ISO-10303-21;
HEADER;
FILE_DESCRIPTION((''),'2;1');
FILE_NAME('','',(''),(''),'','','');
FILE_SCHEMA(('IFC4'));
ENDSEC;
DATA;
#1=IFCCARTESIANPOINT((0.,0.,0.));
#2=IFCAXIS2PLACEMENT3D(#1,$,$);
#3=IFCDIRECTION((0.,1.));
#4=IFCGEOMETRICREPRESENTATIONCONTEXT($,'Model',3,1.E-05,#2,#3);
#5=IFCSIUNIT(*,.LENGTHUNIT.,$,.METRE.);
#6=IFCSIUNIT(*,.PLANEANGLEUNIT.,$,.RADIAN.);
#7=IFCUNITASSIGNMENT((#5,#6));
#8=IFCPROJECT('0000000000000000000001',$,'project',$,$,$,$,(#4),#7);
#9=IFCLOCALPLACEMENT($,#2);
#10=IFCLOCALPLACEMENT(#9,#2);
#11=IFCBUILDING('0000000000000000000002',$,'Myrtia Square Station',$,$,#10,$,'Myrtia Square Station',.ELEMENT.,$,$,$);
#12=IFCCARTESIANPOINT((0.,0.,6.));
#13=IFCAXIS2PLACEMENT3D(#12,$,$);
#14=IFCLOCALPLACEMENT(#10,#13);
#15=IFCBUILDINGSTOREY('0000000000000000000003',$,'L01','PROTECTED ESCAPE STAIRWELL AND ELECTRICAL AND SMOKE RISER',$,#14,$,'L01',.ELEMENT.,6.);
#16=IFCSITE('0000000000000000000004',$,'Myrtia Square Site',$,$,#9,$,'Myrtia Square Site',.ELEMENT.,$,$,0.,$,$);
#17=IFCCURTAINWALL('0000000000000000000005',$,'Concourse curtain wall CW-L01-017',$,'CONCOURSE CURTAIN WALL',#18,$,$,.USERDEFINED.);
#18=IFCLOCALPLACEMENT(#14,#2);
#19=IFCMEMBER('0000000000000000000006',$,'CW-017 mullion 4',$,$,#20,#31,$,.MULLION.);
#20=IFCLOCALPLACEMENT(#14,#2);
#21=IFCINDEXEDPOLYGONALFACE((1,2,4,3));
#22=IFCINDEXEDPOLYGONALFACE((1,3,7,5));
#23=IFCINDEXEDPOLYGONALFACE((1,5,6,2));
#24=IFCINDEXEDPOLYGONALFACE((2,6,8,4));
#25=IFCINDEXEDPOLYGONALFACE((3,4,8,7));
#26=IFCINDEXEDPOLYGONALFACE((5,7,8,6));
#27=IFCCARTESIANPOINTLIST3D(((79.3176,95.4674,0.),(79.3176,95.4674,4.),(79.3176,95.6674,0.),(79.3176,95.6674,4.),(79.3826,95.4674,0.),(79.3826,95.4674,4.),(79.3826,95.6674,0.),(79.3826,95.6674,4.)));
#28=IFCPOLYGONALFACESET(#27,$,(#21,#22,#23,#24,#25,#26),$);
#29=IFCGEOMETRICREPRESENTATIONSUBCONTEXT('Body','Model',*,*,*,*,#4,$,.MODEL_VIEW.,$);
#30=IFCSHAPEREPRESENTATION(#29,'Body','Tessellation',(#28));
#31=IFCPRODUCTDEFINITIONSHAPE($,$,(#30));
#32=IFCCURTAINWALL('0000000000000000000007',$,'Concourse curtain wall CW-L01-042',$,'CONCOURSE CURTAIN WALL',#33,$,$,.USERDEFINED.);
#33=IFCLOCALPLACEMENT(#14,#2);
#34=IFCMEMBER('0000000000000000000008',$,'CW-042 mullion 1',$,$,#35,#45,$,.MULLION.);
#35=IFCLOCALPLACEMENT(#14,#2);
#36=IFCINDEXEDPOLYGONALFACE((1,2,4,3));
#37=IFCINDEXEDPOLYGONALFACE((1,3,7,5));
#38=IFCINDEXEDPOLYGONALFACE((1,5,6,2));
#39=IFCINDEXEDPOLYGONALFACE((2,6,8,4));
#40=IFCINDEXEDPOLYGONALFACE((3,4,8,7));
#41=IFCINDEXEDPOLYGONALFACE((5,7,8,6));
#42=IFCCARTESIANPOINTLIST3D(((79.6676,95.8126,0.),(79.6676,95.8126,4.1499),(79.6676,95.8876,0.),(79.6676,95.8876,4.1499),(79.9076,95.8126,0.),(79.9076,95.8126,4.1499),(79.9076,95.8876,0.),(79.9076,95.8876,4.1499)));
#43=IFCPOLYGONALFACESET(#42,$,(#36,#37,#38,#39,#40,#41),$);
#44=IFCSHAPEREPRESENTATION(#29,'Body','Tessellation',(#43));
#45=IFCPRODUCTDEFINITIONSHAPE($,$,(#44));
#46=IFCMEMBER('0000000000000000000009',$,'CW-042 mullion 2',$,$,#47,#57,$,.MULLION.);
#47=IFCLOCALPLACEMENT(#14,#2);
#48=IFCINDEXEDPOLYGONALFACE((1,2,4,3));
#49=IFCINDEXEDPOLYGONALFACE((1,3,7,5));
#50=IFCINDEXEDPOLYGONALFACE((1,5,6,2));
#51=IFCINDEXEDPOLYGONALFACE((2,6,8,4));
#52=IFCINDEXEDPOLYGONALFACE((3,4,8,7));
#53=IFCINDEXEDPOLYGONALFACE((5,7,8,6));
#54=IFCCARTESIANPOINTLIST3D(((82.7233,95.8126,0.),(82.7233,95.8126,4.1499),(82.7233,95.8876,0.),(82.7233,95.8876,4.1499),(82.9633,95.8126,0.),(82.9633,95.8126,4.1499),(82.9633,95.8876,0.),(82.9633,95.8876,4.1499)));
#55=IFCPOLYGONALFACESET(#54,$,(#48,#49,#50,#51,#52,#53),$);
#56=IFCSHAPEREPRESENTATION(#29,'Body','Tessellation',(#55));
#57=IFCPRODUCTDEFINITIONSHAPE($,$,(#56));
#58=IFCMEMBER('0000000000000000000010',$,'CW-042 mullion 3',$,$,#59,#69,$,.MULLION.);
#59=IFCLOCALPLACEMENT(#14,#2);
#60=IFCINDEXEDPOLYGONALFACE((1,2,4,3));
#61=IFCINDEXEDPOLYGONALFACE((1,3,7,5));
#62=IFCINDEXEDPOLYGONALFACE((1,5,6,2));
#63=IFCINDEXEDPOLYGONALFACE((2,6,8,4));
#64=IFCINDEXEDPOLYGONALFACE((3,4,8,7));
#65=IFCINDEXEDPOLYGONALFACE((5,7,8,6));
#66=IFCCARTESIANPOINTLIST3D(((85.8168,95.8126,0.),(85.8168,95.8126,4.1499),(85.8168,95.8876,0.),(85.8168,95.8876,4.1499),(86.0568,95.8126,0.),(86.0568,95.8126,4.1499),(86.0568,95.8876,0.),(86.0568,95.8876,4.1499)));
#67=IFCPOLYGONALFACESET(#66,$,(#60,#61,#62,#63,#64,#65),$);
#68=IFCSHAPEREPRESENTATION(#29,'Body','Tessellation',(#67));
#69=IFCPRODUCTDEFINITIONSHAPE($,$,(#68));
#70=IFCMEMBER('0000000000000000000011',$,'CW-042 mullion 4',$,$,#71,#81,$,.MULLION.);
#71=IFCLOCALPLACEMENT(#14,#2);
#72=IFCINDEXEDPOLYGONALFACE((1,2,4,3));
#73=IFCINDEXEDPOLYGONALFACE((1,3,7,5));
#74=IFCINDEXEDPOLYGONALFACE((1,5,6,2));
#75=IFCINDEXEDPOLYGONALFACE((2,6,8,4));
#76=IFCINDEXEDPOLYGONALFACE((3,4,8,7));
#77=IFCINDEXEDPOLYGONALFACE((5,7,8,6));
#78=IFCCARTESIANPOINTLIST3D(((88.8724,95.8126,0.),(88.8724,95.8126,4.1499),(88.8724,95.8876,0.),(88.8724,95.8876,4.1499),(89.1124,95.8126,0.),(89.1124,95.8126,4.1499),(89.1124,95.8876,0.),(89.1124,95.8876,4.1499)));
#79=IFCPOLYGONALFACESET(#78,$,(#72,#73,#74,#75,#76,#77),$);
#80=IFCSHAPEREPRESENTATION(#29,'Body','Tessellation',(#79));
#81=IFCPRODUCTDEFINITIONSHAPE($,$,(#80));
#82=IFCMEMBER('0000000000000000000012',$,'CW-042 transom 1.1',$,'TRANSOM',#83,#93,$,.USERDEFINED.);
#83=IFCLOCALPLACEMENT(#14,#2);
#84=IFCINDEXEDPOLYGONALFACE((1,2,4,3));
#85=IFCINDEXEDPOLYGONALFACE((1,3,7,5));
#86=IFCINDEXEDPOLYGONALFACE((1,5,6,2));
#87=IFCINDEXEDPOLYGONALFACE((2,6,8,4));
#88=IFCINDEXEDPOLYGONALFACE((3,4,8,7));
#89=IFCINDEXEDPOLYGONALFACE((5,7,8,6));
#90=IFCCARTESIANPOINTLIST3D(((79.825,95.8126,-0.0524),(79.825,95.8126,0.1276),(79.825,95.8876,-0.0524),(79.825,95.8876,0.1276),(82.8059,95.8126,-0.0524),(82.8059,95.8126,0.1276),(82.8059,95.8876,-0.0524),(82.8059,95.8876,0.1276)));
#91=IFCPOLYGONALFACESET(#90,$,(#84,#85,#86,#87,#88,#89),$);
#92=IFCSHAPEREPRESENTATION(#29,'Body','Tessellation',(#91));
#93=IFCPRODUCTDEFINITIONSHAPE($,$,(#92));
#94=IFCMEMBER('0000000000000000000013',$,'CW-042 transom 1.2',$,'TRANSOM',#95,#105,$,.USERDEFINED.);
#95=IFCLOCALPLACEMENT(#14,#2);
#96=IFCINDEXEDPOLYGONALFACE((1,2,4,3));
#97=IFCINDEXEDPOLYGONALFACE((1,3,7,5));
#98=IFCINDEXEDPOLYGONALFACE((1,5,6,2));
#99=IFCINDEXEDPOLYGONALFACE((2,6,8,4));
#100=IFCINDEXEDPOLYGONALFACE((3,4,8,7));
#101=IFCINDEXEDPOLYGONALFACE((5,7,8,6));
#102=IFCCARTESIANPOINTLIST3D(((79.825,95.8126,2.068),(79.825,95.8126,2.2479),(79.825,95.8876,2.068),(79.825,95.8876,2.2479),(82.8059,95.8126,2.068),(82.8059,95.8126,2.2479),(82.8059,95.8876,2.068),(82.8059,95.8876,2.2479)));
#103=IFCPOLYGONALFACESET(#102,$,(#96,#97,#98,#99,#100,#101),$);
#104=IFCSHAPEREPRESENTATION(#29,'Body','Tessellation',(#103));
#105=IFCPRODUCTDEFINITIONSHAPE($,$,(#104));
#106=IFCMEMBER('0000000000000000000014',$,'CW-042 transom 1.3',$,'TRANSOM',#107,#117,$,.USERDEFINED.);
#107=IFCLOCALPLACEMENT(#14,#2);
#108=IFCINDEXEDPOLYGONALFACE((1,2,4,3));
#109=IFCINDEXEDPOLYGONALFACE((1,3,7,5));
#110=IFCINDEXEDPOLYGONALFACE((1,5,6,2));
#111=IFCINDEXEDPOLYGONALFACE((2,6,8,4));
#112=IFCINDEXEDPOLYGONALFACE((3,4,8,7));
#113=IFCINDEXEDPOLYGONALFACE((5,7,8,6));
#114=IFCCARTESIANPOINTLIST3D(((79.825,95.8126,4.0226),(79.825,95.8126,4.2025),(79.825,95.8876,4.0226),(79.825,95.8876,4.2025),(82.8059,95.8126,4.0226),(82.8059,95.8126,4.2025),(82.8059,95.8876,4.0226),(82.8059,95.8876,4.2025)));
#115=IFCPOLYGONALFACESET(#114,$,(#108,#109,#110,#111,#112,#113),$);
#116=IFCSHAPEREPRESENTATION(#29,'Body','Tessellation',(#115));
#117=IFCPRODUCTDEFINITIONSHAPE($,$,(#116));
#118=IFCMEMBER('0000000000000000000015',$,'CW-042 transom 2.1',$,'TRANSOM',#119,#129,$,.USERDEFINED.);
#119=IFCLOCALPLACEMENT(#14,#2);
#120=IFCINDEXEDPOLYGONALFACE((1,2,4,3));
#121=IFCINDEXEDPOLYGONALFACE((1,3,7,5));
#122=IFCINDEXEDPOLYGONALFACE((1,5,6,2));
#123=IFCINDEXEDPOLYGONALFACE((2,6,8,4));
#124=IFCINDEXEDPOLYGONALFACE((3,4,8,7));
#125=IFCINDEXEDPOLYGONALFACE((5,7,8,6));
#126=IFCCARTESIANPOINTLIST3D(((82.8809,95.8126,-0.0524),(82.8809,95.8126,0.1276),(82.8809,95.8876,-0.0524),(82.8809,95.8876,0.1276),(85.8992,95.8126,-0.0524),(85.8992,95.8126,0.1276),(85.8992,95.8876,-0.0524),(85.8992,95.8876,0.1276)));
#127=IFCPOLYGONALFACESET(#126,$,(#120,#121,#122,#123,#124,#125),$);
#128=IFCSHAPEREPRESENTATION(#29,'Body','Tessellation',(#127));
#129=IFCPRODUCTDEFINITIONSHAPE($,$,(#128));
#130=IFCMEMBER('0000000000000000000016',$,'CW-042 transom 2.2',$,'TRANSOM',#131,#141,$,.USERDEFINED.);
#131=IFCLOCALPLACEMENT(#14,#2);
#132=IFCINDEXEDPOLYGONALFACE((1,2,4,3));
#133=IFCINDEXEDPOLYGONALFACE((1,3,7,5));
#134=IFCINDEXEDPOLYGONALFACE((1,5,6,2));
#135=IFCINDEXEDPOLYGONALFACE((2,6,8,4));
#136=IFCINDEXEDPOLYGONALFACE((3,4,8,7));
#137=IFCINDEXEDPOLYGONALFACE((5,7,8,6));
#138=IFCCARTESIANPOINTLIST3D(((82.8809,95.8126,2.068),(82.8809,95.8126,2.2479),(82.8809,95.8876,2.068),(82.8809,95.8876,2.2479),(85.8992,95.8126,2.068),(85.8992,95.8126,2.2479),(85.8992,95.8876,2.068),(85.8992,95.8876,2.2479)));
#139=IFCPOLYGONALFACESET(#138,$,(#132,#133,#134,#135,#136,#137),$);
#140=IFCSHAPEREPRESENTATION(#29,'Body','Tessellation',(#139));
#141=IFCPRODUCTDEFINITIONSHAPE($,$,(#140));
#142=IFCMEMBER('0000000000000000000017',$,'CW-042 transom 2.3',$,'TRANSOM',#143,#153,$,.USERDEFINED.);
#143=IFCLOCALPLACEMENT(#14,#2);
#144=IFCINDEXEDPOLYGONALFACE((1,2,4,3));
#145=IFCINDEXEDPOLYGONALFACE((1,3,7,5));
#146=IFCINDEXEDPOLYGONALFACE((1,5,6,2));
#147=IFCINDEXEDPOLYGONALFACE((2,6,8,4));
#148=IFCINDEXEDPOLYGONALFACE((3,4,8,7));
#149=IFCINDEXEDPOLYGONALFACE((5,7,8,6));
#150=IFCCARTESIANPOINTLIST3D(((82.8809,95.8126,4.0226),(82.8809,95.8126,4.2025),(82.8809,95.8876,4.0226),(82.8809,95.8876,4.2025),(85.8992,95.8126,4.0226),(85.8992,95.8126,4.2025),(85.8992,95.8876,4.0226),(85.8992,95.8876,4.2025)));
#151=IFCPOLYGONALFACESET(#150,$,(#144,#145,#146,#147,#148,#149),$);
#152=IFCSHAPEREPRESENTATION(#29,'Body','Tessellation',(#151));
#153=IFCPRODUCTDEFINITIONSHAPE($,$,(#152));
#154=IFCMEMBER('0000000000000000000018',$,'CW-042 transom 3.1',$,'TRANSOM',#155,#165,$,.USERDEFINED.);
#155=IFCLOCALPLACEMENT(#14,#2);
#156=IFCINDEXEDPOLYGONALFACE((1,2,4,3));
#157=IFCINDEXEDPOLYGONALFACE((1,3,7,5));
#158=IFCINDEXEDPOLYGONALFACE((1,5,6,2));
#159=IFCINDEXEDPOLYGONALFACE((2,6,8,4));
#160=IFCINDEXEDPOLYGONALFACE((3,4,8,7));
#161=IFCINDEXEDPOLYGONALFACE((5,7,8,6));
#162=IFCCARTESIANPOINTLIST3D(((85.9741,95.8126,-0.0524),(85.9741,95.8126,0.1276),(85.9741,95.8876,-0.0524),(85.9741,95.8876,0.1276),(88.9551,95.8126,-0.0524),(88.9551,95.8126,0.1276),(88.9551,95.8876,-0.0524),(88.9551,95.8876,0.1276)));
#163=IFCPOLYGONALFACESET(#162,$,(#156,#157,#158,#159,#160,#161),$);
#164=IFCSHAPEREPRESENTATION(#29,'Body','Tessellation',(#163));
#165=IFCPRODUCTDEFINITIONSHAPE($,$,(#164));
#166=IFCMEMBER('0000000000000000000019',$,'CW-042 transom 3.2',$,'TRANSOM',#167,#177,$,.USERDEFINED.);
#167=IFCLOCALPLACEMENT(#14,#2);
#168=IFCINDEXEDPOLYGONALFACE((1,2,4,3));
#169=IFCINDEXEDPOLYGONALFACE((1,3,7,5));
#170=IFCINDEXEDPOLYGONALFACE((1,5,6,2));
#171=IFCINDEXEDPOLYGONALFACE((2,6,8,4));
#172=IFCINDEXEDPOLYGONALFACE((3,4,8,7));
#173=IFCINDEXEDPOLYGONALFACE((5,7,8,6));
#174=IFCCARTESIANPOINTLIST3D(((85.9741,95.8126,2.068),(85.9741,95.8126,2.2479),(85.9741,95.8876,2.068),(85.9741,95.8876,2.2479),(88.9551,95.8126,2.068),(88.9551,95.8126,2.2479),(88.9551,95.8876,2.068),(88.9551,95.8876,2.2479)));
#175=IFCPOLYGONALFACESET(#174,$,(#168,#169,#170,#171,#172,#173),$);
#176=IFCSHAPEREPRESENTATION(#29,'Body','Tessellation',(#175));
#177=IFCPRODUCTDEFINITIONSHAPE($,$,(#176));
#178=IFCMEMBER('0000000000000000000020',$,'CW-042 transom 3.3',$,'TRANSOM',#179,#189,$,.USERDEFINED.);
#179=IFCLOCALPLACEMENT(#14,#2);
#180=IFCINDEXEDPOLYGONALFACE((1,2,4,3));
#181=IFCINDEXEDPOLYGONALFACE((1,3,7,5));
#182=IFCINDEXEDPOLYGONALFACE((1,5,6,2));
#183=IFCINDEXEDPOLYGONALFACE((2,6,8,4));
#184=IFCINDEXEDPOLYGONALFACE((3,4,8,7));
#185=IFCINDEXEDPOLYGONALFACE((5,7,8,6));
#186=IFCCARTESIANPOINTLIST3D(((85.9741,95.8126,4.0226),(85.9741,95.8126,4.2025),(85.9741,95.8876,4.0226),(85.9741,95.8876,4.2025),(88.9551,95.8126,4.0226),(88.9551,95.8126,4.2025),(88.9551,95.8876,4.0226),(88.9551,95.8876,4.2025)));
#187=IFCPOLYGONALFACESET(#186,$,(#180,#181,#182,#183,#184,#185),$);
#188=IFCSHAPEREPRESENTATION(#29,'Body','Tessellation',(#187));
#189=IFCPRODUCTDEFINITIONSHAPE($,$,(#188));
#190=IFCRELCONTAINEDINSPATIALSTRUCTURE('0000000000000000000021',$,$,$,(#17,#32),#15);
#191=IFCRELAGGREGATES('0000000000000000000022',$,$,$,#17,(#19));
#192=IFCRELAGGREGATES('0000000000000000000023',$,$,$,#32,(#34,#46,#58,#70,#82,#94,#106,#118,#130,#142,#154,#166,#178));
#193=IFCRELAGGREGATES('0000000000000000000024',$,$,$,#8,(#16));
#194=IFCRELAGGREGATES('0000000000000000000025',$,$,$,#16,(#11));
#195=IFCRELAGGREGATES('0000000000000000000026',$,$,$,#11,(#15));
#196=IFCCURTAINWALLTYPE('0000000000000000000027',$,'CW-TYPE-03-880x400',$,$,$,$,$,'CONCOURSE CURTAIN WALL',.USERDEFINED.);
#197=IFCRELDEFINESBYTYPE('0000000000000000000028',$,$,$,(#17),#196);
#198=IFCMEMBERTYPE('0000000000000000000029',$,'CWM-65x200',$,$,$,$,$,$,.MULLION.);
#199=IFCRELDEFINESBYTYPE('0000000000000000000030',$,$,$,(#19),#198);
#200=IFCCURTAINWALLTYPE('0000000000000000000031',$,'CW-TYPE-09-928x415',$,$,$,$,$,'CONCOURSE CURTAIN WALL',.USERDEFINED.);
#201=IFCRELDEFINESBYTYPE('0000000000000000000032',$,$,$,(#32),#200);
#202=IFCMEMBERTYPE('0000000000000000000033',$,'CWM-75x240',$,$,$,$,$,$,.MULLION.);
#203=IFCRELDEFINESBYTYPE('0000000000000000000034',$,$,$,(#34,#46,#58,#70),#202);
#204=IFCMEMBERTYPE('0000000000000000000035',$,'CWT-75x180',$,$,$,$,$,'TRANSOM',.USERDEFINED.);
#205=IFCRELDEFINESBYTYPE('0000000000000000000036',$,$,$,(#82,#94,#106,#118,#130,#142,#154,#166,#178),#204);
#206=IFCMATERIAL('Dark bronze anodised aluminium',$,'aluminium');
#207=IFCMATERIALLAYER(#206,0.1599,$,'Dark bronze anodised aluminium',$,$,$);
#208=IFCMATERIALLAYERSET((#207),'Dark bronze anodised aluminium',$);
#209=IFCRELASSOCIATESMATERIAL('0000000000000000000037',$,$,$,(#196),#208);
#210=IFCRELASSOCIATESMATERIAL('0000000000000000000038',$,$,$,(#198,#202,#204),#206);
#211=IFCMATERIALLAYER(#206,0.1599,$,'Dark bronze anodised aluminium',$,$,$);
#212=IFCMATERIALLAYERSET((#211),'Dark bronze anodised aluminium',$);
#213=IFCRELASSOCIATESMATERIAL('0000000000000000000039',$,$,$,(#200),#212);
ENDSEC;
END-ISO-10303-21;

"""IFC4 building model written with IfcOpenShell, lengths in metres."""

from ifc_helpers import new_model, si_unit, direction, frame, origin, origin_2d, place, context, subcontext, project, spatial, rectangle, extrude, material, layer, layer_set, material_profile, profile_set, type_object, element, aggregate, save


model = new_model("IFC4")

# Units and contexts
model_context = context("Model", 3, precision=1e-05, world=origin(), true_north=direction((0.0, 1.0)))
body_context = subcontext(model_context, "Body", "Model", "MODEL_VIEW")
ifc_project = project(units=[si_unit("LENGTHUNIT", "METRE"), si_unit("PLANEANGLEUNIT", "RADIAN")], contexts=[model_context])

# Site, building, storey
site_placement = place(None, origin())
site = spatial("IfcSite", under=ifc_project, at=site_placement, Name="Myrtia Square Site", LongName="Myrtia Square Site", CompositionType="ELEMENT", RefElevation=0.0)
building_placement = place(site_placement, origin())
building = spatial("IfcBuilding", under=site, at=building_placement, Name="Myrtia Square Station", LongName="Myrtia Square Station", CompositionType="ELEMENT")
storey_placement = place(building_placement, frame((0.0, 0.0, 6.0)))
storey = spatial("IfcBuildingStorey", under=building, at=storey_placement, Name="L01", Description="PROTECTED ESCAPE STAIRWELL AND ELECTRICAL AND SMOKE RISER", LongName="L01", CompositionType="ELEMENT", Elevation=6.0)

# Curtain wall, member
ifc_material_1 = material(Name="Dark bronze anodised aluminium", Category="aluminium")
ifc_layer_1 = layer(ifc_material_1, 0.1599, Name="Dark bronze anodised aluminium")
ifc_layer_set_1 = layer_set([ifc_layer_1], Name="Dark bronze anodised aluminium")
curtain_wall_type_1 = type_object("IfcCurtainWallType", Name="CW-TYPE-03-880x400", ElementType="CONCOURSE CURTAIN WALL", PredefinedType="USERDEFINED", material=ifc_layer_set_1)
curtain_wall_1_placement = place(storey_placement, origin())
curtain_wall_1 = element("IfcCurtainWall", 1, at=curtain_wall_1_placement, inside=storey, type_object=curtain_wall_type_1, Name="Concourse curtain wall CW-L01-017", ObjectType="CONCOURSE CURTAIN WALL", PredefinedType="USERDEFINED")
ifc_material_profile_1 = material_profile(ifc_material_1, rectangle(XDim=0.0649, YDim=0.2, at=origin_2d()), Name="ALU-M 65x200")
ifc_profile_set_1 = profile_set([ifc_material_profile_1], Name="Dark bronze anodised aluminium")
member_type_1 = type_object("IfcMemberType", Name="CWM-65x200", PredefinedType="MULLION", material=ifc_profile_set_1)
member_1_placement = place(storey_placement, frame((79.3501, 95.5674, 0.0), z_axis=(0.0, 0.0, 1.0), x_axis=(-1.0, 0.0, 0.0)))
member_1 = element("IfcMember", 2, at=member_1_placement, type_object=member_type_1, Name="CW-017 mullion 4", PredefinedType="MULLION", context=body_context, shape_type="SweptSolid", body=[
    extrude(rectangle(XDim=0.0649, YDim=0.2, at=origin_2d()), origin(), (0.0, 0.0, 1.0), 4.0),
])
aggregate(curtain_wall_1, [member_1])

# Curtain wall, members
ifc_layer_2 = layer(ifc_material_1, 0.1599, Name="Dark bronze anodised aluminium")
ifc_layer_set_2 = layer_set([ifc_layer_2], Name="Dark bronze anodised aluminium")
curtain_wall_type_2 = type_object("IfcCurtainWallType", Name="CW-TYPE-09-928x415", ElementType="CONCOURSE CURTAIN WALL", PredefinedType="USERDEFINED", material=ifc_layer_set_2)
curtain_wall_2_placement = place(storey_placement, origin())
curtain_wall_2 = element("IfcCurtainWall", 3, at=curtain_wall_2_placement, inside=storey, type_object=curtain_wall_type_2, Name="Concourse curtain wall CW-L01-042", ObjectType="CONCOURSE CURTAIN WALL", PredefinedType="USERDEFINED")
ifc_material_profile_2 = material_profile(ifc_material_1, rectangle(XDim=0.075, YDim=0.24, at=origin_2d()), Name="ALU-M 75x240")
ifc_profile_set_2 = profile_set([ifc_material_profile_2], Name="Dark bronze anodised aluminium")
member_type_2 = type_object("IfcMemberType", Name="CWM-75x240", PredefinedType="MULLION", material=ifc_profile_set_2)
member_2_placement = place(storey_placement, frame((79.7876, 95.8501, 0.0), z_axis=(0.0, 0.0, 1.0), x_axis=(0.0, 1.0, 0.0)))
member_2 = element("IfcMember", 4, at=member_2_placement, type_object=member_type_2, Name="CW-042 mullion 1", PredefinedType="MULLION", context=body_context, shape_type="SweptSolid", body=[
    extrude(rectangle(XDim=0.075, YDim=0.24, at=origin_2d()), origin(), (0.0, 0.0, 1.0), 4.1499),
])
member_3_placement = place(storey_placement, frame((82.8433, 95.8501, 0.0), z_axis=(0.0, 0.0, 1.0), x_axis=(0.0, 1.0, 0.0)))
member_3 = element("IfcMember", 5, at=member_3_placement, type_object=member_type_2, Name="CW-042 mullion 2", PredefinedType="MULLION", context=body_context, shape_type="SweptSolid", body=[
    extrude(rectangle(XDim=0.075, YDim=0.24, at=origin_2d()), origin(), (0.0, 0.0, 1.0), 4.1499),
])
member_4_placement = place(storey_placement, frame((85.9368, 95.8501, 0.0), z_axis=(0.0, 0.0, 1.0), x_axis=(0.0, 1.0, 0.0)))
member_4 = element("IfcMember", 6, at=member_4_placement, type_object=member_type_2, Name="CW-042 mullion 3", PredefinedType="MULLION", context=body_context, shape_type="SweptSolid", body=[
    extrude(rectangle(XDim=0.075, YDim=0.24, at=origin_2d()), origin(), (0.0, 0.0, 1.0), 4.1499),
])
member_5_placement = place(storey_placement, frame((88.9924, 95.8501, 0.0), z_axis=(0.0, 0.0, 1.0), x_axis=(0.0, 1.0, 0.0)))
member_5 = element("IfcMember", 7, at=member_5_placement, type_object=member_type_2, Name="CW-042 mullion 4", PredefinedType="MULLION", context=body_context, shape_type="SweptSolid", body=[
    extrude(rectangle(XDim=0.075, YDim=0.24, at=origin_2d()), origin(), (0.0, 0.0, 1.0), 4.1499),
])
ifc_material_profile_3 = material_profile(ifc_material_1, rectangle(XDim=0.075, YDim=0.1799, at=origin_2d()), Name="ALU-T 75x180")
ifc_profile_set_3 = profile_set([ifc_material_profile_3], Name="Dark bronze anodised aluminium")
member_type_3 = type_object("IfcMemberType", Name="CWT-75x180", ElementType="TRANSOM", PredefinedType="USERDEFINED", material=ifc_profile_set_3)
member_6_placement = place(storey_placement, frame((79.825, 95.8501, 0.0376), z_axis=(1.0, 0.0, 0.0), x_axis=(0.0, 1.0, 0.0)))
member_6 = element("IfcMember", 8, at=member_6_placement, type_object=member_type_3, Name="CW-042 transom 1.1", ObjectType="TRANSOM", PredefinedType="USERDEFINED", context=body_context, shape_type="SweptSolid", body=[
    extrude(rectangle(XDim=0.075, YDim=0.1799, at=origin_2d()), origin(), (0.0, 0.0, 1.0), 2.981),
])
member_7_placement = place(storey_placement, frame((79.825, 95.8501, 2.158), z_axis=(1.0, 0.0, 0.0), x_axis=(0.0, 1.0, 0.0)))
member_7 = element("IfcMember", 9, at=member_7_placement, type_object=member_type_3, Name="CW-042 transom 1.2", ObjectType="TRANSOM", PredefinedType="USERDEFINED", context=body_context, shape_type="SweptSolid", body=[
    extrude(rectangle(XDim=0.075, YDim=0.1799, at=origin_2d()), origin(), (0.0, 0.0, 1.0), 2.981),
])
member_8_placement = place(storey_placement, frame((79.825, 95.8501, 4.1125), z_axis=(1.0, 0.0, 0.0), x_axis=(0.0, 1.0, 0.0)))
member_8 = element("IfcMember", 10, at=member_8_placement, type_object=member_type_3, Name="CW-042 transom 1.3", ObjectType="TRANSOM", PredefinedType="USERDEFINED", context=body_context, shape_type="SweptSolid", body=[
    extrude(rectangle(XDim=0.075, YDim=0.1799, at=origin_2d()), origin(), (0.0, 0.0, 1.0), 2.981),
])
member_9_placement = place(storey_placement, frame((82.8809, 95.8501, 0.0376), z_axis=(1.0, 0.0, 0.0), x_axis=(0.0, 1.0, 0.0)))
member_9 = element("IfcMember", 11, at=member_9_placement, type_object=member_type_3, Name="CW-042 transom 2.1", ObjectType="TRANSOM", PredefinedType="USERDEFINED", context=body_context, shape_type="SweptSolid", body=[
    extrude(rectangle(XDim=0.075, YDim=0.1799, at=origin_2d()), origin(), (0.0, 0.0, 1.0), 3.0183),
])
member_10_placement = place(storey_placement, frame((82.8809, 95.8501, 2.158), z_axis=(1.0, 0.0, 0.0), x_axis=(0.0, 1.0, 0.0)))
member_10 = element("IfcMember", 12, at=member_10_placement, type_object=member_type_3, Name="CW-042 transom 2.2", ObjectType="TRANSOM", PredefinedType="USERDEFINED", context=body_context, shape_type="SweptSolid", body=[
    extrude(rectangle(XDim=0.075, YDim=0.1799, at=origin_2d()), origin(), (0.0, 0.0, 1.0), 3.0183),
])
member_11_placement = place(storey_placement, frame((82.8809, 95.8501, 4.1125), z_axis=(1.0, 0.0, 0.0), x_axis=(0.0, 1.0, 0.0)))
member_11 = element("IfcMember", 13, at=member_11_placement, type_object=member_type_3, Name="CW-042 transom 2.3", ObjectType="TRANSOM", PredefinedType="USERDEFINED", context=body_context, shape_type="SweptSolid", body=[
    extrude(rectangle(XDim=0.075, YDim=0.1799, at=origin_2d()), origin(), (0.0, 0.0, 1.0), 3.0183),
])
member_12_placement = place(storey_placement, frame((85.9741, 95.8501, 0.0376), z_axis=(1.0, 0.0, 0.0), x_axis=(0.0, 1.0, 0.0)))
member_12 = element("IfcMember", 14, at=member_12_placement, type_object=member_type_3, Name="CW-042 transom 3.1", ObjectType="TRANSOM", PredefinedType="USERDEFINED", context=body_context, shape_type="SweptSolid", body=[
    extrude(rectangle(XDim=0.075, YDim=0.1799, at=origin_2d()), origin(), (0.0, 0.0, 1.0), 2.981),
])
member_13_placement = place(storey_placement, frame((85.9741, 95.8501, 2.158), z_axis=(1.0, 0.0, 0.0), x_axis=(0.0, 1.0, 0.0)))
member_13 = element("IfcMember", 15, at=member_13_placement, type_object=member_type_3, Name="CW-042 transom 3.2", ObjectType="TRANSOM", PredefinedType="USERDEFINED", context=body_context, shape_type="SweptSolid", body=[
    extrude(rectangle(XDim=0.075, YDim=0.1799, at=origin_2d()), origin(), (0.0, 0.0, 1.0), 2.981),
])
member_14_placement = place(storey_placement, frame((85.9741, 95.8501, 4.1125), z_axis=(1.0, 0.0, 0.0), x_axis=(0.0, 1.0, 0.0)))
member_14 = element("IfcMember", 16, at=member_14_placement, type_object=member_type_3, Name="CW-042 transom 3.3", ObjectType="TRANSOM", PredefinedType="USERDEFINED", context=body_context, shape_type="SweptSolid", body=[
    extrude(rectangle(XDim=0.075, YDim=0.1799, at=origin_2d()), origin(), (0.0, 0.0, 1.0), 2.981),
])
aggregate(curtain_wall_2, [member_2, member_3, member_4, member_5, member_6, member_7, member_8, member_9, member_10, member_11, member_12, member_13, member_14])

save(model, "model.ifc")
